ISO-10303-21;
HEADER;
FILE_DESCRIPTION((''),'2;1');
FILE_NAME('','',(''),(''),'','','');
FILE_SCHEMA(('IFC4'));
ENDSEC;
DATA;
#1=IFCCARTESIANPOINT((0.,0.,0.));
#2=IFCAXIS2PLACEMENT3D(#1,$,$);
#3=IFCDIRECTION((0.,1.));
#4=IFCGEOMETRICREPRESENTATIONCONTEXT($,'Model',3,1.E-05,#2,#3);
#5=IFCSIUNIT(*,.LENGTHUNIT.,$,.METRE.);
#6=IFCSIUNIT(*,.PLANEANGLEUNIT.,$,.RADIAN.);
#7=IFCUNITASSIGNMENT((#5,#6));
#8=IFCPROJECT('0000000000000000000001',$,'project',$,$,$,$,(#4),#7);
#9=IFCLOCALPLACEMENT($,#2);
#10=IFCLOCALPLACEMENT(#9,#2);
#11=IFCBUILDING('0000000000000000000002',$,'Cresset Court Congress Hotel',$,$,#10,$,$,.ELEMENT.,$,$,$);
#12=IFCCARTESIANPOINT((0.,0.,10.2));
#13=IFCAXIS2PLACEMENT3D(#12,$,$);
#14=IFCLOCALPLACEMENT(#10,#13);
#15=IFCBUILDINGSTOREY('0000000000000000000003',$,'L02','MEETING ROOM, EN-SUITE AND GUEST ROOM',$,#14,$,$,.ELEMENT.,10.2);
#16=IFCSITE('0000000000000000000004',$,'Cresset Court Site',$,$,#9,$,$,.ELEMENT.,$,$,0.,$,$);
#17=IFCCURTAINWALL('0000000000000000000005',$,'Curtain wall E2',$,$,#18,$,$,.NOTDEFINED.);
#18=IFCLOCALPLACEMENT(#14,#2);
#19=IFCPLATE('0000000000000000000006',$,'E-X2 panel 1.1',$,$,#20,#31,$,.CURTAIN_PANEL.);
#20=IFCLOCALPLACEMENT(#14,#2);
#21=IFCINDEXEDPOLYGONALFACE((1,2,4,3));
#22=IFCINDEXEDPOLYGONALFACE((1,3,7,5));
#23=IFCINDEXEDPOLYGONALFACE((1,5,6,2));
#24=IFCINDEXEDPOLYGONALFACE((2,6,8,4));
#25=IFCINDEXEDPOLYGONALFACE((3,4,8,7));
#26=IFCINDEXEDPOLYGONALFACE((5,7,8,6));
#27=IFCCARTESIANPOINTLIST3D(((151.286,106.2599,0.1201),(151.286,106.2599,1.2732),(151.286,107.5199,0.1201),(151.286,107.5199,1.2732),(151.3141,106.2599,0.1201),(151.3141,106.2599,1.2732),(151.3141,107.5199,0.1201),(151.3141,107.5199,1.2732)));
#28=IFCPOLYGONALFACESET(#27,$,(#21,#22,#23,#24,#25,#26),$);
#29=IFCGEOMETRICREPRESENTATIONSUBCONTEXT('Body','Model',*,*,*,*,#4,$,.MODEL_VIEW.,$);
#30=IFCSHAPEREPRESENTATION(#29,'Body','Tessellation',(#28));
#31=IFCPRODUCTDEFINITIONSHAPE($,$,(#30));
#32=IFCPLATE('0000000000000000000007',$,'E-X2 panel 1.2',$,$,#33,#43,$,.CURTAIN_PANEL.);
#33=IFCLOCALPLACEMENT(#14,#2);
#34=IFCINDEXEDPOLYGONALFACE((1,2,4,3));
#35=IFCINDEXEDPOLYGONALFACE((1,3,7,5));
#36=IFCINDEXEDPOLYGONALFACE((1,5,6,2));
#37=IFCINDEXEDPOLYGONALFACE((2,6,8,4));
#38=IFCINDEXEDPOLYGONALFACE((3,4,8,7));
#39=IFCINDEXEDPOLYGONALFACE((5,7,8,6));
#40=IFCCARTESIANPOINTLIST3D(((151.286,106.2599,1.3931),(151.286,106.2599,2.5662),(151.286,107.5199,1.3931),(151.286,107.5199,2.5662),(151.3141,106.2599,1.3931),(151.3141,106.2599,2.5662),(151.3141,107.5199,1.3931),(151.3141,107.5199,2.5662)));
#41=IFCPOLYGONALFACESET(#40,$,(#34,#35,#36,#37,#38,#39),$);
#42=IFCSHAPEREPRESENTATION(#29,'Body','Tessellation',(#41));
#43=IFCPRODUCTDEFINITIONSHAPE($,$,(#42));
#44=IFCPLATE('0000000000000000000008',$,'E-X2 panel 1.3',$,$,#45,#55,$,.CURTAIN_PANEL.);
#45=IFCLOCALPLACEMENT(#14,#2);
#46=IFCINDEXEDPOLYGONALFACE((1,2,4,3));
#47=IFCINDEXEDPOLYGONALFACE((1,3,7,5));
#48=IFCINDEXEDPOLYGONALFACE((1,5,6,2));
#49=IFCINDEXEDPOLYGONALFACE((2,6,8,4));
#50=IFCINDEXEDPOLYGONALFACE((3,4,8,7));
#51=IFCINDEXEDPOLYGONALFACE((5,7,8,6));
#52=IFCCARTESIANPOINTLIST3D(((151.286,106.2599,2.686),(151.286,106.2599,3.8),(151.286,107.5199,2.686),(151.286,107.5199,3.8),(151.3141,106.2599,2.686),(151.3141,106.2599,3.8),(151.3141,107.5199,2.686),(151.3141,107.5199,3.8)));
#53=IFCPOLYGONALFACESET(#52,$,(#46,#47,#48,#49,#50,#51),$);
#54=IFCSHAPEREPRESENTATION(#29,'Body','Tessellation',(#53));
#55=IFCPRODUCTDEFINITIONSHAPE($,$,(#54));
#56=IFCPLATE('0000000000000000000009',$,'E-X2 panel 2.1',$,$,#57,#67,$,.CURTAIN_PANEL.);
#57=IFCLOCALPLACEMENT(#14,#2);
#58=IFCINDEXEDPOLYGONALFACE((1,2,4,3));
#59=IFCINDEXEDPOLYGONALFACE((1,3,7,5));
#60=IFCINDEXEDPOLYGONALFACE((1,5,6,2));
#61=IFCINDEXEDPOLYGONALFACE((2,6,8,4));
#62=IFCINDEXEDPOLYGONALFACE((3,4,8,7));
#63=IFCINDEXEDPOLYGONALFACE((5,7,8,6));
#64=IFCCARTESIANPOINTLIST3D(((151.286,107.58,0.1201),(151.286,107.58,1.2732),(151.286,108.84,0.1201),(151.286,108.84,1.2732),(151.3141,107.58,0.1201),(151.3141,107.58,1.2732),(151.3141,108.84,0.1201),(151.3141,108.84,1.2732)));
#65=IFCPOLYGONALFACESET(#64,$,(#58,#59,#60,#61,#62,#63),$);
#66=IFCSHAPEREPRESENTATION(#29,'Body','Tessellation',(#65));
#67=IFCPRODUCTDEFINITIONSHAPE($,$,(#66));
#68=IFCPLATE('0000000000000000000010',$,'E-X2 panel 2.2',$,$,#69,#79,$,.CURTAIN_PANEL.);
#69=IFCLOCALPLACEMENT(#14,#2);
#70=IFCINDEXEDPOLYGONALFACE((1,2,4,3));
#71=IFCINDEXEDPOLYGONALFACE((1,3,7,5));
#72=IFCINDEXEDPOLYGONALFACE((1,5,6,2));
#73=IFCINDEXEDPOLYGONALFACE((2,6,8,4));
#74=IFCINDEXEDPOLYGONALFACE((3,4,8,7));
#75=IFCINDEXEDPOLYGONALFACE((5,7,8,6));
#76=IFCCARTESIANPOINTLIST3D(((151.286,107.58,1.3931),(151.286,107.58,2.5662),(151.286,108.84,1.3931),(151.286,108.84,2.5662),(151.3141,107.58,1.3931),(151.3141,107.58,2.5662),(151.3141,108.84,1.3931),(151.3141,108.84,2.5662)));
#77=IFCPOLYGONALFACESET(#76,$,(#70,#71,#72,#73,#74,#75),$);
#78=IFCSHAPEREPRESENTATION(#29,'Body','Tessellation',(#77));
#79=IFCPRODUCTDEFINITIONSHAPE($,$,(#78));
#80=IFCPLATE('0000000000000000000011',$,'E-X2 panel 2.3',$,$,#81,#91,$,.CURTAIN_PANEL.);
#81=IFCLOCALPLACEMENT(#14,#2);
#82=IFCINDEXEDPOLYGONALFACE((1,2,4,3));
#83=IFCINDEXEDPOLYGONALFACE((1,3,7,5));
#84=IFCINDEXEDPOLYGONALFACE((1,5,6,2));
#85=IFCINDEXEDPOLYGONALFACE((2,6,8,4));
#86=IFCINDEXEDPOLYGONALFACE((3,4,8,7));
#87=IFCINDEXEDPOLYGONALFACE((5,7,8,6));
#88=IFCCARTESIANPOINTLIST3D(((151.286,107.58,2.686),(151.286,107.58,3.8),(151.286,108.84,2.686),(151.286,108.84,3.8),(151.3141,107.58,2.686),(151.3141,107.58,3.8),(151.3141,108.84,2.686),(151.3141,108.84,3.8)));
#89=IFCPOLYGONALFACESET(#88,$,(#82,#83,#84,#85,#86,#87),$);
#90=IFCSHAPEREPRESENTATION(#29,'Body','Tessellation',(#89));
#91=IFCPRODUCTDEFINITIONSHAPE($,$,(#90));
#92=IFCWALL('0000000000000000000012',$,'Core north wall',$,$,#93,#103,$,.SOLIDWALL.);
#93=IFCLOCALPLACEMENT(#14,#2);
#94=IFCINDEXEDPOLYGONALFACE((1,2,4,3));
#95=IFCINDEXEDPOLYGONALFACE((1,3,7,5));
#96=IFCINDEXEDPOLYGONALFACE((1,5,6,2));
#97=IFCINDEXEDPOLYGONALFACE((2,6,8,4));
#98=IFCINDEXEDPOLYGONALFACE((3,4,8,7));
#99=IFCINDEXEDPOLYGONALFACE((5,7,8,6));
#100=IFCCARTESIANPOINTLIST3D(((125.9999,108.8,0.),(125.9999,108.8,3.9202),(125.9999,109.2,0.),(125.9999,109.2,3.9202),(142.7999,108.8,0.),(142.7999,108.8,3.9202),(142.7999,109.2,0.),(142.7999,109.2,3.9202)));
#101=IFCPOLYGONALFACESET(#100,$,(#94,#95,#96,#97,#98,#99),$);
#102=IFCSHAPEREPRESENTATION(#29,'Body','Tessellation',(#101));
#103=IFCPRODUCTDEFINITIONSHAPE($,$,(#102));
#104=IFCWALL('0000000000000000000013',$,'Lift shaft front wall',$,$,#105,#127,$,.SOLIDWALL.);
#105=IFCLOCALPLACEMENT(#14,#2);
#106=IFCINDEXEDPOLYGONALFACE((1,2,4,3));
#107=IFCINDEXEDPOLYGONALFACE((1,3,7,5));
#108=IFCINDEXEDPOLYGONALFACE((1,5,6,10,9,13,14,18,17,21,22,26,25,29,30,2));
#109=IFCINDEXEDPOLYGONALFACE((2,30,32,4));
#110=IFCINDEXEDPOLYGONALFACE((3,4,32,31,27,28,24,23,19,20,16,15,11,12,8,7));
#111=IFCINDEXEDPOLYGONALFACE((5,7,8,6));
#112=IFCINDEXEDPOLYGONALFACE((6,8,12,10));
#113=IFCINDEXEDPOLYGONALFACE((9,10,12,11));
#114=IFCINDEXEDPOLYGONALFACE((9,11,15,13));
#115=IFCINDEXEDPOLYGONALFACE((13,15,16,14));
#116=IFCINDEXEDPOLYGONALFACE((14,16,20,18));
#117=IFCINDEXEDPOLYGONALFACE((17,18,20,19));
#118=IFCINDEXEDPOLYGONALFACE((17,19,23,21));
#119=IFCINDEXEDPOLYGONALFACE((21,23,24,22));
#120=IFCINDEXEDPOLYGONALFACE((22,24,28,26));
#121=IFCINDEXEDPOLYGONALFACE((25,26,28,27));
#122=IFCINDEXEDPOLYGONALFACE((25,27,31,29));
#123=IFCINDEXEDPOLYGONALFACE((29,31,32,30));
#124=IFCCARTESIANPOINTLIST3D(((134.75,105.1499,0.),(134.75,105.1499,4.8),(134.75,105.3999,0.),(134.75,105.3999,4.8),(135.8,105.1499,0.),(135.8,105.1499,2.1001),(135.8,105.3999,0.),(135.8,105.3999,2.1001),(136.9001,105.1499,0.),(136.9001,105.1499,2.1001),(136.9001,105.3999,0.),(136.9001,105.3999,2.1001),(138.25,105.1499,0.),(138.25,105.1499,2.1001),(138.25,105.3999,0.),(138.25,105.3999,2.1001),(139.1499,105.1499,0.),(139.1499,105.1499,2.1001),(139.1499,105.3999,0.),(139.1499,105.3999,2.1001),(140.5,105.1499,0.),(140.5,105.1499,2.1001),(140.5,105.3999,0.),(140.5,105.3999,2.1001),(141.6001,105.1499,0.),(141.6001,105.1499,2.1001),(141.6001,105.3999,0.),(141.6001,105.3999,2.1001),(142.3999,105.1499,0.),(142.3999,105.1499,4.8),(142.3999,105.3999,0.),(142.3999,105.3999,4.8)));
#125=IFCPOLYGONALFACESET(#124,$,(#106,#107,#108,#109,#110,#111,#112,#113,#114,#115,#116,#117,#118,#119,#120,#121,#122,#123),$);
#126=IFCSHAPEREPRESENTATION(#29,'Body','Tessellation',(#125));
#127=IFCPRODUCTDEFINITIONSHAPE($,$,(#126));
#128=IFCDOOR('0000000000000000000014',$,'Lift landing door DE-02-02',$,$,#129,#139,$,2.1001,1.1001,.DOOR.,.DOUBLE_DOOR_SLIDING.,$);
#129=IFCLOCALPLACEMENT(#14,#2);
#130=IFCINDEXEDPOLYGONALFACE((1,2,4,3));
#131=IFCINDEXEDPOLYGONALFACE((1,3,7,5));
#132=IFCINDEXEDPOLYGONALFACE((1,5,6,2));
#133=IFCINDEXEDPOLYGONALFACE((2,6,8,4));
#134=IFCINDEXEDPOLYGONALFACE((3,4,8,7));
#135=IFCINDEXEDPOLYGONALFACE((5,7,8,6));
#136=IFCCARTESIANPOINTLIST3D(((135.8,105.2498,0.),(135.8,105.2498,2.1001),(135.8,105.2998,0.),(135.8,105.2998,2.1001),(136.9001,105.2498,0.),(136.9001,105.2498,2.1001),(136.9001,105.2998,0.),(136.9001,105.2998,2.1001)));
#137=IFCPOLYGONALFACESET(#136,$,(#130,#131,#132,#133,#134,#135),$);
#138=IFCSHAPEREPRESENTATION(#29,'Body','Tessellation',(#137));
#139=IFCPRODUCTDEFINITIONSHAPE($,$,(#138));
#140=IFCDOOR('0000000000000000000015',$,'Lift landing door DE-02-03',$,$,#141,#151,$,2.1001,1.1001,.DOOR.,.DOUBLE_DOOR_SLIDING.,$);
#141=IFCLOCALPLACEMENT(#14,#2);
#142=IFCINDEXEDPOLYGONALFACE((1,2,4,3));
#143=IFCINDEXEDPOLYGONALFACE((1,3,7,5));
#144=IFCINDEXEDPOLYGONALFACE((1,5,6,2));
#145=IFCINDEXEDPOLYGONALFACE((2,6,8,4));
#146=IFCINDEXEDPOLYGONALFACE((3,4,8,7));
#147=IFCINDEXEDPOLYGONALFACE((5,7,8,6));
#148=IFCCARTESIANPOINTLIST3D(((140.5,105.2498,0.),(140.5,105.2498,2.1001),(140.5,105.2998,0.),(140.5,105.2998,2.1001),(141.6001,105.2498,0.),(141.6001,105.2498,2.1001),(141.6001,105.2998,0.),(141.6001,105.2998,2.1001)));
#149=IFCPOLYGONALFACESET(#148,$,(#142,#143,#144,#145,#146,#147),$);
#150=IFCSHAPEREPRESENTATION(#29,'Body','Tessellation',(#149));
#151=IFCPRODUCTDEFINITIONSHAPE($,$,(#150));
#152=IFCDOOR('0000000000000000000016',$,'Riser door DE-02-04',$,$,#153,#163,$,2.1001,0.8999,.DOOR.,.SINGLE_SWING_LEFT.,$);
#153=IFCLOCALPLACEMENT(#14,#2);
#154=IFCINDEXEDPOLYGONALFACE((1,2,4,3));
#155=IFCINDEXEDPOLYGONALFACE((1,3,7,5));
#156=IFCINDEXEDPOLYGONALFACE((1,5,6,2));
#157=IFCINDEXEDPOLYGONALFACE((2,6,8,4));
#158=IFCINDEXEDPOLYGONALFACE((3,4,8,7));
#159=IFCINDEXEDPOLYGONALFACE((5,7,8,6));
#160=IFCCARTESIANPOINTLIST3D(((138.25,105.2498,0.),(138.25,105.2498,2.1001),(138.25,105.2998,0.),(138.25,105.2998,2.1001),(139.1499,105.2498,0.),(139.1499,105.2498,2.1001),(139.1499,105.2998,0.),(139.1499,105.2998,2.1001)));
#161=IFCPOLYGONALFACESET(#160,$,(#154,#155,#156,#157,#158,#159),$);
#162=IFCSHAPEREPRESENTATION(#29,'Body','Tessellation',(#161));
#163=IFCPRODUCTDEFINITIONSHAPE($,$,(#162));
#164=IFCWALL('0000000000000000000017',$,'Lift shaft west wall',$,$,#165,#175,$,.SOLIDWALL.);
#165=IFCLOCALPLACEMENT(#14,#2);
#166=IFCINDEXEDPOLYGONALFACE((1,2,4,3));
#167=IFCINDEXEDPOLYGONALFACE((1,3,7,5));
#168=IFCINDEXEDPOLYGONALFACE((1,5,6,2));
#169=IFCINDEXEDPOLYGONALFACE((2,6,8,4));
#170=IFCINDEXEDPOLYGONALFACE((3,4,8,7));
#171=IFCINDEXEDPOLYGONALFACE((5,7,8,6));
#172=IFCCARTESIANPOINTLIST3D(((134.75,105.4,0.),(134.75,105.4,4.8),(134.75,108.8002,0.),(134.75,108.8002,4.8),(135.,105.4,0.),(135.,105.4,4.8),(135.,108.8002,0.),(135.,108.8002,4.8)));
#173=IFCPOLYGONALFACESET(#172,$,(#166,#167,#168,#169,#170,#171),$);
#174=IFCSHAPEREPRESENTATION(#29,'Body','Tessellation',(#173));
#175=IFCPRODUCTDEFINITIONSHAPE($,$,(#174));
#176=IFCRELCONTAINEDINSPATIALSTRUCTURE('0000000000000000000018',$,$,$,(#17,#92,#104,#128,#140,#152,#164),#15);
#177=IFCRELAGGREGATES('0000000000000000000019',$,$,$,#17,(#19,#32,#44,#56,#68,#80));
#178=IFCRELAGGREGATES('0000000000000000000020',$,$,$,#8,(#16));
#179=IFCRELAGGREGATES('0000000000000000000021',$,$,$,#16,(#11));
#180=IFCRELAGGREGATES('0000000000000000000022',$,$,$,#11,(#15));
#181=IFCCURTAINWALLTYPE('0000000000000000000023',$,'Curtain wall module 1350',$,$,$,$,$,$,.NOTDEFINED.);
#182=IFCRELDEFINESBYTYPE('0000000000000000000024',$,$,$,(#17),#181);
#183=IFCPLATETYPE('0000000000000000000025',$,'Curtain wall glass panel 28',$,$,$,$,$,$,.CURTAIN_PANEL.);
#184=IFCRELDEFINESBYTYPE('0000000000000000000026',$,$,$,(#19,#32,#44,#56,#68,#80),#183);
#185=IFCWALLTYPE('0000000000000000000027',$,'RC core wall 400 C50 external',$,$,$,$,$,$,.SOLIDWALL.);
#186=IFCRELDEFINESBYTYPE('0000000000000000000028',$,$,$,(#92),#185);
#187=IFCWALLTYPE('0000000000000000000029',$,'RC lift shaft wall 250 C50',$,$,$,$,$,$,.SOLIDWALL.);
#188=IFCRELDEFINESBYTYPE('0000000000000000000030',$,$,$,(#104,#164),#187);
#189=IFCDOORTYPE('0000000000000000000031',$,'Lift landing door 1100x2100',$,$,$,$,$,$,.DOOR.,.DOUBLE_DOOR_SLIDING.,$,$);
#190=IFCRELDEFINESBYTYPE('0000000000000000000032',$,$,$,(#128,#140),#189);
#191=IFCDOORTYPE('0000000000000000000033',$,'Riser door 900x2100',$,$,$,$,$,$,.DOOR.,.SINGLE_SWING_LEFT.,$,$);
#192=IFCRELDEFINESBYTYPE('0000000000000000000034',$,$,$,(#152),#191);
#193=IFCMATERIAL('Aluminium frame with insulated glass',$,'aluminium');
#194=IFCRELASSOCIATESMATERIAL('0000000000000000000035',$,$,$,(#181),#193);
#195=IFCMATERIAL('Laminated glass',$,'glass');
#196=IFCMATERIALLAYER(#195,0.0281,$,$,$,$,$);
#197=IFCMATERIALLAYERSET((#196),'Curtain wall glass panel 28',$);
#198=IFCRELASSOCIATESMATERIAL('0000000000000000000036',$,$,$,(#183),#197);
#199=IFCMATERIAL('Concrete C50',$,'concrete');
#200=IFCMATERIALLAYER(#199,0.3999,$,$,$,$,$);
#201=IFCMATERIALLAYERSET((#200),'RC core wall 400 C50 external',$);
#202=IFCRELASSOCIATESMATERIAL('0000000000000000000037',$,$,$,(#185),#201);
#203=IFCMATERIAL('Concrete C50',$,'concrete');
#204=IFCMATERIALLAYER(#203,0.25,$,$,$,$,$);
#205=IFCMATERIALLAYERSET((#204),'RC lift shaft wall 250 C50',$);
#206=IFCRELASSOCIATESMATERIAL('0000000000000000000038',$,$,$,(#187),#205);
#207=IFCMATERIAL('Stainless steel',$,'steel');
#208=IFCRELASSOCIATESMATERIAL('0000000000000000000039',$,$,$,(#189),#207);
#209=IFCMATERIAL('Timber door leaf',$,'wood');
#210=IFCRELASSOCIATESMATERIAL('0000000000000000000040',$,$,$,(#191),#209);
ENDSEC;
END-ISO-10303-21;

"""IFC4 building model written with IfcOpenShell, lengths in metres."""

from ifc_helpers import new_model, si_unit, direction, frame, frame_2d, origin, origin_2d, place, context, subcontext, project, spatial, rectangle, extrude, material, layer, layer_set, type_object, element, fill, aggregate, save


model = new_model("IFC4")

# Units and contexts
model_context = context("Model", 3, precision=1e-05, world=origin(), true_north=direction((0.0, 1.0)))
body_context = subcontext(model_context, "Body", "Model", "MODEL_VIEW")
ifc_project = project(units=[si_unit("LENGTHUNIT", "METRE"), si_unit("PLANEANGLEUNIT", "RADIAN")], contexts=[model_context])

# Site, building, storey
site_placement = place(None, origin())
site = spatial("IfcSite", under=ifc_project, at=site_placement, Name="Cresset Court Site", CompositionType="ELEMENT", RefElevation=0.0)
building_placement = place(site_placement, origin())
building = spatial("IfcBuilding", under=site, at=building_placement, Name="Cresset Court Congress Hotel", CompositionType="ELEMENT")
storey_placement = place(building_placement, frame((0.0, 0.0, 10.2)))
storey = spatial("IfcBuildingStorey", under=building, at=storey_placement, Name="L02", Description="MEETING ROOM, EN-SUITE AND GUEST ROOM", CompositionType="ELEMENT", Elevation=10.2)

# Curtain wall
ifc_material_1 = material(Name="Aluminium frame with insulated glass", Category="aluminium")
curtain_wall_type_1 = type_object("IfcCurtainWallType", Name="Curtain wall module 1350", PredefinedType="NOTDEFINED", material=ifc_material_1)
curtain_wall_1_placement = place(storey_placement, origin())
curtain_wall_1 = element("IfcCurtainWall", 1, at=curtain_wall_1_placement, inside=storey, type_object=curtain_wall_type_1, Name="Curtain wall E2", PredefinedType="NOTDEFINED")

# Plates
ifc_material_2 = material(Name="Laminated glass", Category="glass")
ifc_layer_1 = layer(ifc_material_2, 0.0281)
ifc_layer_set_1 = layer_set([ifc_layer_1], Name="Curtain wall glass panel 28")
plate_type = type_object("IfcPlateType", Name="Curtain wall glass panel 28", PredefinedType="CURTAIN_PANEL", material=ifc_layer_set_1)
plate_1_placement = place(storey_placement, frame((151.3, 106.8899, 0.1201), z_axis=(0.0, 0.0, 1.0), x_axis=(0.0, 1.0, 0.0)))
plate_1 = element("IfcPlate", 2, at=plate_1_placement, type_object=plate_type, Name="E-X2 panel 1.1", PredefinedType="CURTAIN_PANEL", context=body_context, shape_type="SweptSolid", body=[
    extrude(rectangle(XDim=1.26, YDim=0.0281, at=origin_2d()), origin(), (0.0, 0.0, 1.0), 1.1531),
])
plate_2_placement = place(storey_placement, frame((151.3, 106.8899, 1.3931), z_axis=(0.0, 0.0, 1.0), x_axis=(0.0, 1.0, 0.0)))
plate_2 = element("IfcPlate", 3, at=plate_2_placement, type_object=plate_type, Name="E-X2 panel 1.2", PredefinedType="CURTAIN_PANEL", context=body_context, shape_type="SweptSolid", body=[
    extrude(rectangle(XDim=1.26, YDim=0.0281, at=origin_2d()), origin(), (0.0, 0.0, 1.0), 1.1731),
])
plate_3_placement = place(storey_placement, frame((151.3, 106.8899, 2.686), z_axis=(0.0, 0.0, 1.0), x_axis=(0.0, 1.0, 0.0)))
plate_3 = element("IfcPlate", 4, at=plate_3_placement, type_object=plate_type, Name="E-X2 panel 1.3", PredefinedType="CURTAIN_PANEL", context=body_context, shape_type="SweptSolid", body=[
    extrude(rectangle(XDim=1.26, YDim=0.0281, at=origin_2d()), origin(), (0.0, 0.0, 1.0), 1.114),
])
plate_4_placement = place(storey_placement, frame((151.3, 108.21, 0.1201), z_axis=(0.0, 0.0, 1.0), x_axis=(0.0, 1.0, 0.0)))
plate_4 = element("IfcPlate", 5, at=plate_4_placement, type_object=plate_type, Name="E-X2 panel 2.1", PredefinedType="CURTAIN_PANEL", context=body_context, shape_type="SweptSolid", body=[
    extrude(rectangle(XDim=1.26, YDim=0.0281, at=origin_2d()), origin(), (0.0, 0.0, 1.0), 1.1531),
])
plate_5_placement = place(storey_placement, frame((151.3, 108.21, 1.3931), z_axis=(0.0, 0.0, 1.0), x_axis=(0.0, 1.0, 0.0)))
plate_5 = element("IfcPlate", 6, at=plate_5_placement, type_object=plate_type, Name="E-X2 panel 2.2", PredefinedType="CURTAIN_PANEL", context=body_context, shape_type="SweptSolid", body=[
    extrude(rectangle(XDim=1.26, YDim=0.0281, at=origin_2d()), origin(), (0.0, 0.0, 1.0), 1.1731),
])
plate_6_placement = place(storey_placement, frame((151.3, 108.21, 2.686), z_axis=(0.0, 0.0, 1.0), x_axis=(0.0, 1.0, 0.0)))
plate_6 = element("IfcPlate", 7, at=plate_6_placement, type_object=plate_type, Name="E-X2 panel 2.3", PredefinedType="CURTAIN_PANEL", context=body_context, shape_type="SweptSolid", body=[
    extrude(rectangle(XDim=1.26, YDim=0.0281, at=origin_2d()), origin(), (0.0, 0.0, 1.0), 1.114),
])
aggregate(curtain_wall_1, [plate_1, plate_2, plate_3, plate_4, plate_5, plate_6])

# Wall
ifc_material_3 = material(Name="Concrete C50", Category="concrete")
ifc_layer_2 = layer(ifc_material_3, 0.3999)
ifc_layer_set_2 = layer_set([ifc_layer_2], Name="RC core wall 400 C50 external")
wall_type_1 = type_object("IfcWallType", Name="RC core wall 400 C50 external", PredefinedType="SOLIDWALL", material=ifc_layer_set_2)
wall_1_placement = place(storey_placement, frame((126.0, 109.0, 0.0), z_axis=(0.0, 0.0, 1.0), x_axis=(1.0, 0.0, 0.0)))
element("IfcWall", 8, at=wall_1_placement, inside=storey, type_object=wall_type_1, Name="Core north wall", PredefinedType="SOLIDWALL", context=body_context, shape_type="SweptSolid", body=[
    extrude(rectangle(XDim=16.8, YDim=0.3999, at=frame_2d((8.3999, 0.0))), origin(), (0.0, 0.0, 1.0), 3.9202),
])

# Wall, openings, doors
ifc_material_4 = material(Name="Concrete C50", Category="concrete")
ifc_layer_3 = layer(ifc_material_4, 0.25)
ifc_layer_set_3 = layer_set([ifc_layer_3], Name="RC lift shaft wall 250 C50")
wall_type_2 = type_object("IfcWallType", Name="RC lift shaft wall 250 C50", PredefinedType="SOLIDWALL", material=ifc_layer_set_3)
wall_2_placement = place(storey_placement, frame((134.75, 105.2749, 0.0), z_axis=(0.0, 0.0, 1.0), x_axis=(1.0, 0.0, 0.0)))
wall_2 = element("IfcWall", 9, at=wall_2_placement, inside=storey, type_object=wall_type_2, Name="Lift shaft front wall", PredefinedType="SOLIDWALL", context=body_context, shape_type="SweptSolid", body=[
    extrude(rectangle(XDim=7.6499, YDim=0.25, at=frame_2d((3.825, 0.0))), origin(), (0.0, 0.0, 1.0), 4.8),
])
opening_1_placement = place(wall_2_placement, frame((1.05, 0.0, 0.0)))
opening_1 = element("IfcOpeningElement", 10, at=opening_1_placement, cuts=wall_2, PredefinedType="OPENING", context=body_context, shape_type="SweptSolid", body=[
    extrude(rectangle(XDim=1.1001, YDim=2.1001, at=frame_2d((0.55, 1.05))), frame((0.0, 0.135, 0.0), z_axis=(0.0, -1.0, 0.0), x_axis=(1.0, 0.0, 0.0)), (0.0, 0.0, 1.0), 0.27),
])
opening_2_placement = place(wall_2_placement, frame((5.75, 0.0, 0.0)))
opening_2 = element("IfcOpeningElement", 11, at=opening_2_placement, cuts=wall_2, PredefinedType="OPENING", context=body_context, shape_type="SweptSolid", body=[
    extrude(rectangle(XDim=1.1001, YDim=2.1001, at=frame_2d((0.55, 1.05))), frame((0.0, 0.135, 0.0), z_axis=(0.0, -1.0, 0.0), x_axis=(1.0, 0.0, 0.0)), (0.0, 0.0, 1.0), 0.27),
])
opening_3_placement = place(wall_2_placement, frame((3.5, 0.0, 0.0)))
opening_3 = element("IfcOpeningElement", 12, at=opening_3_placement, cuts=wall_2, PredefinedType="OPENING", context=body_context, shape_type="SweptSolid", body=[
    extrude(rectangle(XDim=0.8999, YDim=2.1001, at=frame_2d((0.45, 1.05))), frame((0.0, 0.135, 0.0), z_axis=(0.0, -1.0, 0.0), x_axis=(1.0, 0.0, 0.0)), (0.0, 0.0, 1.0), 0.27),
])
ifc_material_5 = material(Name="Stainless steel", Category="steel")
door_type_1 = type_object("IfcDoorType", Name="Lift landing door 1100x2100", OperationType="DOUBLE_DOOR_SLIDING", PredefinedType="DOOR", material=ifc_material_5)
door_1_placement = place(opening_1_placement, origin())
door_1 = element("IfcDoor", 13, at=door_1_placement, inside=storey, type_object=door_type_1, Name="Lift landing door DE-02-02", OperationType="DOUBLE_DOOR_SLIDING", OverallHeight=2.1001, OverallWidth=1.1001, PredefinedType="DOOR", context=body_context, shape_type="SweptSolid", body=[
    extrude(rectangle(XDim=1.1001, YDim=2.1001, at=frame_2d((0.55, 1.05))), frame((0.0, 0.0249, 0.0), z_axis=(0.0, -1.0, 0.0), x_axis=(1.0, 0.0, 0.0)), (0.0, 0.0, 1.0), 0.05),
])
fill(opening_1, door_1)
door_2_placement = place(opening_2_placement, origin())
door_2 = element("IfcDoor", 14, at=door_2_placement, inside=storey, type_object=door_type_1, Name="Lift landing door DE-02-03", OperationType="DOUBLE_DOOR_SLIDING", OverallHeight=2.1001, OverallWidth=1.1001, PredefinedType="DOOR", context=body_context, shape_type="SweptSolid", body=[
    extrude(rectangle(XDim=1.1001, YDim=2.1001, at=frame_2d((0.55, 1.05))), frame((0.0, 0.0249, 0.0), z_axis=(0.0, -1.0, 0.0), x_axis=(1.0, 0.0, 0.0)), (0.0, 0.0, 1.0), 0.05),
])
fill(opening_2, door_2)
ifc_material_6 = material(Name="Timber door leaf", Category="wood")
door_type_2 = type_object("IfcDoorType", Name="Riser door 900x2100", OperationType="SINGLE_SWING_LEFT", PredefinedType="DOOR", material=ifc_material_6)
door_3_placement = place(opening_3_placement, origin())
door_3 = element("IfcDoor", 15, at=door_3_placement, inside=storey, type_object=door_type_2, Name="Riser door DE-02-04", OperationType="SINGLE_SWING_LEFT", OverallHeight=2.1001, OverallWidth=0.8999, PredefinedType="DOOR", context=body_context, shape_type="SweptSolid", body=[
    extrude(rectangle(XDim=0.8999, YDim=2.1001, at=frame_2d((0.45, 1.05))), frame((0.0, 0.0249, 0.0), z_axis=(0.0, -1.0, 0.0), x_axis=(1.0, 0.0, 0.0)), (0.0, 0.0, 1.0), 0.05),
])
fill(opening_3, door_3)

# Wall
for number, where, z_axis, x_axis, name in (
    (16, (134.875, 105.3999, 0.0), (0.0, 0.0, 1.0), (0.0, 1.0, 0.0), "Lift shaft west wall"),
):
    element("IfcWall", number, at=place(storey_placement, frame(where, z_axis=z_axis, x_axis=x_axis)), inside=storey, type_object=wall_type_2, Name=name, PredefinedType="SOLIDWALL", context=body_context, shape_type="SweptSolid", body=[
        extrude(rectangle(XDim=3.4001, YDim=0.25, at=frame_2d((1.7002, 0.0))), origin(), (0.0, 0.0, 1.0), 4.8),
    ])

save(model, "model.ifc")
